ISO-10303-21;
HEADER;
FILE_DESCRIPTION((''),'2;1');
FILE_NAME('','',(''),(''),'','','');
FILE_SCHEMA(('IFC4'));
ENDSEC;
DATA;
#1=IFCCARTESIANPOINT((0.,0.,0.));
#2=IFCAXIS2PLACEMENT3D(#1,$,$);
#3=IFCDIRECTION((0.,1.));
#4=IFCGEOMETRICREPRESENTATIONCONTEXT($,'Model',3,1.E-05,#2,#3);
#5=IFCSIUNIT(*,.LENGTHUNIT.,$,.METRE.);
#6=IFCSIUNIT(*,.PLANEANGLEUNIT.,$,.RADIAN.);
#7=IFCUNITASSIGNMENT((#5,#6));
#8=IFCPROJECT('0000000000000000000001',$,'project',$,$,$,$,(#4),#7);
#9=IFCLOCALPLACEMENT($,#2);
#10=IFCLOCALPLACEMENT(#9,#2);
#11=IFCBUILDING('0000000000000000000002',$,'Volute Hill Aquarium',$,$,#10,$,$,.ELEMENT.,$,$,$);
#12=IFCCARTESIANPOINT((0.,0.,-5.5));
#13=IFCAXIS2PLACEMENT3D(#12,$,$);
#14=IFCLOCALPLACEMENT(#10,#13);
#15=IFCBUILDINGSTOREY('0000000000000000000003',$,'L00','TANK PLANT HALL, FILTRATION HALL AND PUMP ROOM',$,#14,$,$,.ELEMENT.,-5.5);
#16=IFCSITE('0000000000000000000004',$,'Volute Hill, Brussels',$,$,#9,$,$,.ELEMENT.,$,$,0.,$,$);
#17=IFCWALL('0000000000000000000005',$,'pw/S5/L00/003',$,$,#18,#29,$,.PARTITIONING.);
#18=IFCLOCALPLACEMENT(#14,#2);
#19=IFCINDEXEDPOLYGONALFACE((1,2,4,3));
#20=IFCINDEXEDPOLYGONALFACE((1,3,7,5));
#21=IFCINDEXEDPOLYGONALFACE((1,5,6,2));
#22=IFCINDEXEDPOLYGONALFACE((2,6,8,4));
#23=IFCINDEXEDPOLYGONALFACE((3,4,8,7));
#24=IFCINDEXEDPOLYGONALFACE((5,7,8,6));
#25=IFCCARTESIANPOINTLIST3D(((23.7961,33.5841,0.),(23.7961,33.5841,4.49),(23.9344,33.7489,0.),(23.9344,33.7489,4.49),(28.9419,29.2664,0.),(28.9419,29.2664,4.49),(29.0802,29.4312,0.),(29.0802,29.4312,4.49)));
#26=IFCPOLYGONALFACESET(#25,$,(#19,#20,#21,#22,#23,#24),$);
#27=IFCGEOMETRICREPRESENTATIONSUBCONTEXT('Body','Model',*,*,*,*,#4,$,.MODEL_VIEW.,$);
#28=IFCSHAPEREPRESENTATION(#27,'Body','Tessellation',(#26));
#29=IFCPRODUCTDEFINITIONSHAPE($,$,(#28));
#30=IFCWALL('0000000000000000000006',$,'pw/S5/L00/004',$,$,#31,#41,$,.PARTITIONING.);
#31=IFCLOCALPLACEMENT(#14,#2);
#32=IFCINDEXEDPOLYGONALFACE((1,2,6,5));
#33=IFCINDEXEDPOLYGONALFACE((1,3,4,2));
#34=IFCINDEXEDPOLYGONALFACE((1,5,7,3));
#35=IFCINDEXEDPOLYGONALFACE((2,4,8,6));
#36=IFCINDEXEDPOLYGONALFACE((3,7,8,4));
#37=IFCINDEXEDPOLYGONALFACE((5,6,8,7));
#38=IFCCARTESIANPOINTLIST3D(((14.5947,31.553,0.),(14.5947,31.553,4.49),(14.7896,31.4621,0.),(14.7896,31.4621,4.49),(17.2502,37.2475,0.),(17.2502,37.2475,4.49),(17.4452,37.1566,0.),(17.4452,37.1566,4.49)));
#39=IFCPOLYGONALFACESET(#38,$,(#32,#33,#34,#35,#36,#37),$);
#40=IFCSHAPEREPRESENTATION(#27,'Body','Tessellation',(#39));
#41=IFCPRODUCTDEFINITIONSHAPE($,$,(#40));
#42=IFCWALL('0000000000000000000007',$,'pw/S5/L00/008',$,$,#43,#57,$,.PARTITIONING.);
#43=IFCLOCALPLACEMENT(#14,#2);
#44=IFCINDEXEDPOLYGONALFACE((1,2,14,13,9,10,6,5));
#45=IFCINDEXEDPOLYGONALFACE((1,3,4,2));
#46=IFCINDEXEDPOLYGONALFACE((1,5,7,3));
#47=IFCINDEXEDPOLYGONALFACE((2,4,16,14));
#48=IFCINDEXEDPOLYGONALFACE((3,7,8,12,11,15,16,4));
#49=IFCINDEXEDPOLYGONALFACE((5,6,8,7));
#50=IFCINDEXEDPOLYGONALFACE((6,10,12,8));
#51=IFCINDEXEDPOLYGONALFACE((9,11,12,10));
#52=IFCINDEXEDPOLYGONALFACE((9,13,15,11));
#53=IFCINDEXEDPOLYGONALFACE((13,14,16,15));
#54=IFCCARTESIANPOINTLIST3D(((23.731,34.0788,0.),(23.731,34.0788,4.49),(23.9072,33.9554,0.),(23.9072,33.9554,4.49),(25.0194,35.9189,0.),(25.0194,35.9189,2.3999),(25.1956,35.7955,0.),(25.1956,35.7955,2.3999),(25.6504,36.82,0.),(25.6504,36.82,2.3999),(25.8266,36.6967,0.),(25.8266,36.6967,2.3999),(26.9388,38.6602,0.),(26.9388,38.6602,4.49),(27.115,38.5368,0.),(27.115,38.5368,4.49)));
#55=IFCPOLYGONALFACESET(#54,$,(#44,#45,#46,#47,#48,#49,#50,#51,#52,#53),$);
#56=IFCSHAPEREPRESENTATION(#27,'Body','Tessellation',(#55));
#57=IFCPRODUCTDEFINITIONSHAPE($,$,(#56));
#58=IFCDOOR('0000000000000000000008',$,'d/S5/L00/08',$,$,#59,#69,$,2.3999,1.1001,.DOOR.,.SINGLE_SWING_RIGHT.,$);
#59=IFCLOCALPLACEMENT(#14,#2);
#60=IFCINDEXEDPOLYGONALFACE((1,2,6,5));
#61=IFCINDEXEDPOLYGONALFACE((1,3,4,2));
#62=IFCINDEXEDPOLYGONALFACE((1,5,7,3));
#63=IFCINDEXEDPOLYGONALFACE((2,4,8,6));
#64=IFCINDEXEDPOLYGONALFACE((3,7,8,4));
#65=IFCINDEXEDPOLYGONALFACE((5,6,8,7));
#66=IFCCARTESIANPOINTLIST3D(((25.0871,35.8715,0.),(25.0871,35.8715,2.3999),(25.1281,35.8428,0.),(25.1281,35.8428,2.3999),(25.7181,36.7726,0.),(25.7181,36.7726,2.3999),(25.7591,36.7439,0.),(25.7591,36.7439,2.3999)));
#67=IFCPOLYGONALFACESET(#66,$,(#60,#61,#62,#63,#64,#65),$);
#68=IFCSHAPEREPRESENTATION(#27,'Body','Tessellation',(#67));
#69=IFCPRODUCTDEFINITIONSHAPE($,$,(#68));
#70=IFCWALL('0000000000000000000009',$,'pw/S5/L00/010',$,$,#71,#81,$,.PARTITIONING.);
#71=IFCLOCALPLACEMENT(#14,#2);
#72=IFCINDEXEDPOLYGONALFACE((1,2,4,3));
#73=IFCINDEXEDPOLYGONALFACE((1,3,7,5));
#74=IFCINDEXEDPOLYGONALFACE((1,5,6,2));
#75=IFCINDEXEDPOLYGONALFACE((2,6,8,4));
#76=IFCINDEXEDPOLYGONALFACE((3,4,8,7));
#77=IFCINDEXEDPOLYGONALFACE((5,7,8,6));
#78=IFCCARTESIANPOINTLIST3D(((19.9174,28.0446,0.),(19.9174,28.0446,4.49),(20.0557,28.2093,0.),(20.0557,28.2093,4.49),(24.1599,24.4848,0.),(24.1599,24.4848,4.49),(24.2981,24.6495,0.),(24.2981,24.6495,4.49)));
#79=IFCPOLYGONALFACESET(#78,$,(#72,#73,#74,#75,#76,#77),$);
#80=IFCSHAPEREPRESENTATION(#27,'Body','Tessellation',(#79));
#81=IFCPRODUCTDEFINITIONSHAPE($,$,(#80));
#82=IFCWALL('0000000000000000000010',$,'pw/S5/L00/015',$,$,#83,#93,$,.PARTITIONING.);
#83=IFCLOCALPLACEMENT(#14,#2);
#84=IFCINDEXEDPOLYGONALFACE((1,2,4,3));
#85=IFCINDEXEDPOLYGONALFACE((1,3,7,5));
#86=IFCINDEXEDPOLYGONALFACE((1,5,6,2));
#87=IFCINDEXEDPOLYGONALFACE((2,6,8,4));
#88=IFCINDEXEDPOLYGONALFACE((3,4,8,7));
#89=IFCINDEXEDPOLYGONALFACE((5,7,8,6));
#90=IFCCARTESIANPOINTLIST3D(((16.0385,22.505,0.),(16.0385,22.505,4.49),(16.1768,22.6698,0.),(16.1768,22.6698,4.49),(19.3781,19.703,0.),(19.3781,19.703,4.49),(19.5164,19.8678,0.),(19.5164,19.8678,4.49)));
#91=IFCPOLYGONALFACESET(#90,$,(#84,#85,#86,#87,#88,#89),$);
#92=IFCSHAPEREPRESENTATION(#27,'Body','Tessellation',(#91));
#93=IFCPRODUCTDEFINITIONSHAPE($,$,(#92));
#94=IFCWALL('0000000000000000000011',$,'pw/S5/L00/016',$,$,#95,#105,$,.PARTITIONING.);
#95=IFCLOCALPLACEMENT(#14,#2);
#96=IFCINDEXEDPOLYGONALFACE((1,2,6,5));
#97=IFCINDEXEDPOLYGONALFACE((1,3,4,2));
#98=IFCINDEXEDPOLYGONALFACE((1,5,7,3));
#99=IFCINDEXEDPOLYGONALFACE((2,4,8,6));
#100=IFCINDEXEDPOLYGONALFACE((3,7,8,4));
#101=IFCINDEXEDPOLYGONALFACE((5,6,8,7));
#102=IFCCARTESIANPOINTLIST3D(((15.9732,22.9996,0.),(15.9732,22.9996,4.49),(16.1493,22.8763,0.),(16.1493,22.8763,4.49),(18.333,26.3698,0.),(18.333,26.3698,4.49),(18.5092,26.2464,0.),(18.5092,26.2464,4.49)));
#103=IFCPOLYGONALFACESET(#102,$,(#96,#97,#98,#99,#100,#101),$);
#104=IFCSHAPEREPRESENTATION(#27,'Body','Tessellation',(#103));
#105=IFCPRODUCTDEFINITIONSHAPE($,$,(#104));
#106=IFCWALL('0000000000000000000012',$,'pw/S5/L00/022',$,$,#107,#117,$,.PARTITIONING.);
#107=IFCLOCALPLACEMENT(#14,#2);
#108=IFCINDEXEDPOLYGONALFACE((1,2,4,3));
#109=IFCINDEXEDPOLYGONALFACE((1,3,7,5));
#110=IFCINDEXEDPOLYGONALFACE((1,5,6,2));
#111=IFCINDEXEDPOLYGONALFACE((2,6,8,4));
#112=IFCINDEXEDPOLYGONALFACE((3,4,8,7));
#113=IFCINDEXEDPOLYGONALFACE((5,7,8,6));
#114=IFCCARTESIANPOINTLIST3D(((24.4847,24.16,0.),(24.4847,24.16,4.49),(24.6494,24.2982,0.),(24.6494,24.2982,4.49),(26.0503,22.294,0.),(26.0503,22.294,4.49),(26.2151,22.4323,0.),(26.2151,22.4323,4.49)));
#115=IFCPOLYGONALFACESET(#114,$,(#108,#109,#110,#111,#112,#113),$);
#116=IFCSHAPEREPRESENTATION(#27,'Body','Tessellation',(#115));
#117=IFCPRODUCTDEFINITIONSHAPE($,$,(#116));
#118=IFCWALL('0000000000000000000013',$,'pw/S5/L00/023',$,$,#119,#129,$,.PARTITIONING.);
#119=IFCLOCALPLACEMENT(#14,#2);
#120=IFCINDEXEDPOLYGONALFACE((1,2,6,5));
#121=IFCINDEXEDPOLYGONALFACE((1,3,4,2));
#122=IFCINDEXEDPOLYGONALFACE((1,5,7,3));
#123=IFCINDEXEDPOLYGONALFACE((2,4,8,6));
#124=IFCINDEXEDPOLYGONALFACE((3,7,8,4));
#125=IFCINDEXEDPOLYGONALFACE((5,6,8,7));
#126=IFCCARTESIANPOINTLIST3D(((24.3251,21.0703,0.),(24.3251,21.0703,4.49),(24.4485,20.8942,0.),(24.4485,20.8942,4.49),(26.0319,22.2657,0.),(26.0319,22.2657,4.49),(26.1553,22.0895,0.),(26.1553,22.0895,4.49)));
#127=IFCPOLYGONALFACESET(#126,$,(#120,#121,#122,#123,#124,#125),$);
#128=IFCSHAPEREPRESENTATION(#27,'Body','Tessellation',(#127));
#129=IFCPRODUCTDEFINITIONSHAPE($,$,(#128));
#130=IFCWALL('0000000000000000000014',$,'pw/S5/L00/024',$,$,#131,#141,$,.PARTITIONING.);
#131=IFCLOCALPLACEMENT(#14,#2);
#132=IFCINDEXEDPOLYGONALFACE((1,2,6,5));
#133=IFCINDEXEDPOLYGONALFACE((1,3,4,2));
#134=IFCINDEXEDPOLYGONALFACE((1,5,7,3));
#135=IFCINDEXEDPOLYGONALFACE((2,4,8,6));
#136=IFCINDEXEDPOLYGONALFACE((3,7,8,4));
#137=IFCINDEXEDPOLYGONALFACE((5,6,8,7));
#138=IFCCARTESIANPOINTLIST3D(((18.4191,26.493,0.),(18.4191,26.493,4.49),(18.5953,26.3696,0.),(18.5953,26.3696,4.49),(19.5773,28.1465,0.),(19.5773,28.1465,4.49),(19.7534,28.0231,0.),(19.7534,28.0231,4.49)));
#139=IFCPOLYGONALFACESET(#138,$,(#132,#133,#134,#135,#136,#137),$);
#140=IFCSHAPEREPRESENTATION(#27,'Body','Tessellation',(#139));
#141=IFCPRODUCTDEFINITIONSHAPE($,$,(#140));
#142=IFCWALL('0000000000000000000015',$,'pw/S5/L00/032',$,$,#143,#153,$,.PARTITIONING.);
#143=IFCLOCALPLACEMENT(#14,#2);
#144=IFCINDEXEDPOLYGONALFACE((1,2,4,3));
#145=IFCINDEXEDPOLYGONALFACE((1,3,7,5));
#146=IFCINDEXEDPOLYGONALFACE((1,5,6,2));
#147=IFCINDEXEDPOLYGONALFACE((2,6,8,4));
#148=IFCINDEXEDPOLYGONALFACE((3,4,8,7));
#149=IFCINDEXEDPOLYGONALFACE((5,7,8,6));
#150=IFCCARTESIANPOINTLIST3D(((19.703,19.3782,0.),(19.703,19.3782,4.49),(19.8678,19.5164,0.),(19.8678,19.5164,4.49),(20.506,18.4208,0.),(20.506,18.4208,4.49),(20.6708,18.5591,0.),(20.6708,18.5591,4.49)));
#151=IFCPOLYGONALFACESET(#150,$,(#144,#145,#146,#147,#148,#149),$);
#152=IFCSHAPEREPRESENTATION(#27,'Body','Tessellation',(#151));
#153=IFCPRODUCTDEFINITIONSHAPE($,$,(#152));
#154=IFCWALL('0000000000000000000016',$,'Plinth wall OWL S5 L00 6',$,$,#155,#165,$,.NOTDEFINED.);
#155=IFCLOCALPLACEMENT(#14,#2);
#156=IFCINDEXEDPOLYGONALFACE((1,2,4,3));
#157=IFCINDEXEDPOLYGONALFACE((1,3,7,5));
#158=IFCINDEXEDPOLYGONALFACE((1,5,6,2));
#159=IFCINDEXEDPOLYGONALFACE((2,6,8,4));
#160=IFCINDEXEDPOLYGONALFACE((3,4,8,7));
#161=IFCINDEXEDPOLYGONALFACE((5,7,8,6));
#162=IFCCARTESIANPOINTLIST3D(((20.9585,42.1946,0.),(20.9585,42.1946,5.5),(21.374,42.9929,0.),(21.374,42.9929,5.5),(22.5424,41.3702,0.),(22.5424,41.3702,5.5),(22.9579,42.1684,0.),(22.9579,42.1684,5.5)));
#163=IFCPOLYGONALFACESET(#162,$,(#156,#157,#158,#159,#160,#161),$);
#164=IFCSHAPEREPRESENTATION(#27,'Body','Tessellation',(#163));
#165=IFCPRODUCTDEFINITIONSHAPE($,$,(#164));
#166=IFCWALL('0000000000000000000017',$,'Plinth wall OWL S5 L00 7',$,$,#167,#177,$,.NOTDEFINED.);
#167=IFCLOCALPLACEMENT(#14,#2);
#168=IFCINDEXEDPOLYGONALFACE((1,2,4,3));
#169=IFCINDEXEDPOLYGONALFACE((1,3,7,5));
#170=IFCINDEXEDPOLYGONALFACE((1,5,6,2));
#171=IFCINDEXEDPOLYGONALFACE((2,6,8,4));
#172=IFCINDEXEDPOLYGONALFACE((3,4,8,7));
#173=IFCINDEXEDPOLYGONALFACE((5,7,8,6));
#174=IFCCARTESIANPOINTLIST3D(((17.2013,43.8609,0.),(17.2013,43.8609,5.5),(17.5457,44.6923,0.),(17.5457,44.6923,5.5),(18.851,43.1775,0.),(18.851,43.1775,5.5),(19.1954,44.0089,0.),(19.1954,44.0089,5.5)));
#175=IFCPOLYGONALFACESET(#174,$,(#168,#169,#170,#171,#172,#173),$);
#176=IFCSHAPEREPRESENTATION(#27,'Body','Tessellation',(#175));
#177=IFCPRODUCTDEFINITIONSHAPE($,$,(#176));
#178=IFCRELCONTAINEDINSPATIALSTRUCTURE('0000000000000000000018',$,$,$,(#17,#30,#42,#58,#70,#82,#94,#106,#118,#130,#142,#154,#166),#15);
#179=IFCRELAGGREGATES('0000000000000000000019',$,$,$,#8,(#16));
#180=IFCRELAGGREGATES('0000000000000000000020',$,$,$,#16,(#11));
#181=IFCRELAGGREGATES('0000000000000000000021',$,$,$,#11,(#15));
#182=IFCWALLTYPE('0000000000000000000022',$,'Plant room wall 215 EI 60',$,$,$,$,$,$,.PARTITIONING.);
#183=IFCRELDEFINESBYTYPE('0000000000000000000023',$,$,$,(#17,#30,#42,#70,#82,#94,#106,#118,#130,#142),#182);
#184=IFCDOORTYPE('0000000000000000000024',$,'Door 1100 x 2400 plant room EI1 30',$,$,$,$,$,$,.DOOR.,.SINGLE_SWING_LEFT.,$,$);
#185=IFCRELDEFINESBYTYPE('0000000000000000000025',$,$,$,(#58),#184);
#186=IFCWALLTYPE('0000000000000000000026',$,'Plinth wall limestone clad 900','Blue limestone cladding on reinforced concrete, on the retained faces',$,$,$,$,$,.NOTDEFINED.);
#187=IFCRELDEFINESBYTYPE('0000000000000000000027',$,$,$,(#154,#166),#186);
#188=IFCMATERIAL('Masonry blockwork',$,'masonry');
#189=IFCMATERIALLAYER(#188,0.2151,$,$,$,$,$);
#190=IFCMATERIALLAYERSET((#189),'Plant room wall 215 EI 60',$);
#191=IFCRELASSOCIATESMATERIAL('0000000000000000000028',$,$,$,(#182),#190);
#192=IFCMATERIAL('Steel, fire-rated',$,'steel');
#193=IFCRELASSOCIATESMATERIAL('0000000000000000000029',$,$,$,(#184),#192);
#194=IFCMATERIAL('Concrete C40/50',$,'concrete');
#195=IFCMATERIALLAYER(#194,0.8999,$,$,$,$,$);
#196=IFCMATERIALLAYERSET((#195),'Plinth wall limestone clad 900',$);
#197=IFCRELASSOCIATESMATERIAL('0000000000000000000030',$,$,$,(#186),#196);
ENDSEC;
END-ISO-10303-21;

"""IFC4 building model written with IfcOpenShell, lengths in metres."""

from ifc_helpers import new_model, si_unit, direction, frame, frame_2d, origin, place, context, subcontext, project, spatial, rectangle, extrude, material, layer, layer_set, type_object, element, fill, save


model = new_model("IFC4")

# Units and contexts
model_context = context("Model", 3, precision=1e-05, world=origin(), true_north=direction((0.0, 1.0)))
body_context = subcontext(model_context, "Body", "Model", "MODEL_VIEW")
ifc_project = project(units=[si_unit("LENGTHUNIT", "METRE"), si_unit("PLANEANGLEUNIT", "RADIAN")], contexts=[model_context])

# Site, building, storey
site_placement = place(None, origin())
site = spatial("IfcSite", under=ifc_project, at=site_placement, Name="Volute Hill, Brussels", CompositionType="ELEMENT", RefElevation=0.0)
building_placement = place(site_placement, origin())
building = spatial("IfcBuilding", under=site, at=building_placement, Name="Volute Hill Aquarium", CompositionType="ELEMENT")
storey_placement = place(building_placement, frame((0.0, 0.0, -5.5)))
storey = spatial("IfcBuildingStorey", under=building, at=storey_placement, Name="L00", Description="TANK PLANT HALL, FILTRATION HALL AND PUMP ROOM", CompositionType="ELEMENT", Elevation=-5.5)

# Walls
ifc_material_1 = material(Name="Masonry blockwork", Category="masonry")
ifc_layer_1 = layer(ifc_material_1, 0.2151)
ifc_layer_set_1 = layer_set([ifc_layer_1], Name="Plant room wall 215 EI 60")
wall_type_1 = type_object("IfcWallType", Name="Plant room wall 215 EI 60", PredefinedType="PARTITIONING", material=ifc_layer_set_1)
wall_1_placement = place(storey_placement, frame((23.8652, 33.6665, 0.0), z_axis=(0.0, 0.0, 1.0), x_axis=(0.766057, -0.642773, 0.0)))
element("IfcWall", 1, at=wall_1_placement, inside=storey, type_object=wall_type_1, Name="pw/S5/L00/003", PredefinedType="PARTITIONING", context=body_context, shape_type="SweptSolid", body=[
    extrude(rectangle(XDim=6.7173, YDim=0.2151, at=frame_2d((3.3586, 0.0))), origin(), (0.0, 0.0, 1.0), 4.49),
])
wall_2_placement = place(storey_placement, frame((14.6921, 31.5076, 0.0), z_axis=(0.0, 0.0, 1.0), x_axis=(0.422645, 0.906295, 0.0)))
element("IfcWall", 2, at=wall_2_placement, inside=storey, type_object=wall_type_1, Name="pw/S5/L00/004", PredefinedType="PARTITIONING", context=body_context, shape_type="SweptSolid", body=[
    extrude(rectangle(XDim=6.2832, YDim=0.2151, at=frame_2d((3.1416, 0.0))), origin(), (0.0, 0.0, 1.0), 4.49),
])

# Wall, opening, door
wall_3_placement = place(storey_placement, frame((23.8191, 34.0171, 0.0), z_axis=(0.0, 0.0, 1.0), x_axis=(0.573565, 0.81916, 0.0)))
wall_3 = element("IfcWall", 3, at=wall_3_placement, inside=storey, type_object=wall_type_1, Name="pw/S5/L00/008", PredefinedType="PARTITIONING", context=body_context, shape_type="SweptSolid", body=[
    extrude(rectangle(XDim=5.5928, YDim=0.2151, at=frame_2d((2.7964, 0.0))), origin(), (0.0, 0.0, 1.0), 4.49),
])
opening_1_placement = place(wall_3_placement, frame((2.2463, 0.0, 0.0)))
opening_1 = element("IfcOpeningElement", 4, at=opening_1_placement, cuts=wall_3, PredefinedType="OPENING", context=body_context, shape_type="SweptSolid", body=[
    extrude(rectangle(XDim=1.1001, YDim=2.3999, at=frame_2d((0.55, 1.2))), frame((0.0, 0.1174, 0.0), z_axis=(0.0, -1.0, 0.0), x_axis=(1.0, 0.0, 0.0)), (0.0, 0.0, 1.0), 0.2351),
])
ifc_material_2 = material(Name="Steel, fire-rated", Category="steel")
door_type_1 = type_object("IfcDoorType", Name="Door 1100 x 2400 plant room EI1 30", OperationType="SINGLE_SWING_LEFT", PredefinedType="DOOR", material=ifc_material_2)
door_1_placement = place(opening_1_placement, origin())
door_1 = element("IfcDoor", 5, at=door_1_placement, inside=storey, type_object=door_type_1, Name="d/S5/L00/08", OperationType="SINGLE_SWING_RIGHT", OverallHeight=2.3999, OverallWidth=1.1001, PredefinedType="DOOR", context=body_context, shape_type="SweptSolid", body=[
    extrude(rectangle(XDim=1.1001, YDim=2.3999, at=frame_2d((0.55, 1.2))), frame((0.0, 0.0249, 0.0), z_axis=(0.0, -1.0, 0.0), x_axis=(1.0, 0.0, 0.0)), (0.0, 0.0, 1.0), 0.05),
])
fill(opening_1, door_1)

# Walls
wall_4_placement = place(storey_placement, frame((19.9866, 28.127, 0.0), z_axis=(0.0, 0.0, 1.0), x_axis=(0.766045, -0.642787, 0.0)))
element("IfcWall", 6, at=wall_4_placement, inside=storey, type_object=wall_type_1, Name="pw/S5/L00/010", PredefinedType="PARTITIONING", context=body_context, shape_type="SweptSolid", body=[
    extrude(rectangle(XDim=5.5381, YDim=0.2151, at=frame_2d((2.769, 0.0))), origin(), (0.0, 0.0, 1.0), 4.49),
])
wall_5_placement = place(storey_placement, frame((16.1077, 22.5874, 0.0), z_axis=(0.0, 0.0, 1.0), x_axis=(0.766073, -0.642753, 0.0)))
element("IfcWall", 7, at=wall_5_placement, inside=storey, type_object=wall_type_1, Name="pw/S5/L00/015", PredefinedType="PARTITIONING", context=body_context, shape_type="SweptSolid", body=[
    extrude(rectangle(XDim=4.3594, YDim=0.2151, at=frame_2d((2.1797, 0.0))), origin(), (0.0, 0.0, 1.0), 4.49),
])
wall_6_placement = place(storey_placement, frame((18.4211, 26.3081, 0.0), z_axis=(0.0, 0.0, 1.0), x_axis=(-0.57359, -0.819143, 0.0)))
element("IfcWall", 8, at=wall_6_placement, inside=storey, type_object=wall_type_1, Name="pw/S5/L00/016", PredefinedType="PARTITIONING", context=body_context, shape_type="SweptSolid", body=[
    extrude(rectangle(XDim=4.1143, YDim=0.2151, at=frame_2d((2.0571, 0.0))), origin(), (0.0, 0.0, 1.0), 4.49),
])
wall_7_placement = place(storey_placement, frame((24.5671, 24.229, 0.0), z_axis=(0.0, 0.0, 1.0), x_axis=(0.642774, -0.766056, 0.0)))
element("IfcWall", 9, at=wall_7_placement, inside=storey, type_object=wall_type_1, Name="pw/S5/L00/022", PredefinedType="PARTITIONING", context=body_context, shape_type="SweptSolid", body=[
    extrude(rectangle(XDim=2.4358, YDim=0.2151, at=frame_2d((1.2178, 0.0))), origin(), (0.0, 0.0, 1.0), 4.49),
])
wall_8_placement = place(storey_placement, frame((24.3867, 20.9822, 0.0), z_axis=(0.0, 0.0, 1.0), x_axis=(0.819105, 0.573643, 0.0)))
element("IfcWall", 10, at=wall_8_placement, inside=storey, type_object=wall_type_1, Name="pw/S5/L00/023", PredefinedType="PARTITIONING", context=body_context, shape_type="SweptSolid", body=[
    extrude(rectangle(XDim=2.0837, YDim=0.2151, at=frame_2d((1.042, 0.0))), origin(), (0.0, 0.0, 1.0), 4.49),
])
wall_9_placement = place(storey_placement, frame((19.6653, 28.0847, 0.0), z_axis=(0.0, 0.0, 1.0), x_axis=(-0.573698, -0.819067, 0.0)))
element("IfcWall", 11, at=wall_9_placement, inside=storey, type_object=wall_type_1, Name="pw/S5/L00/024", PredefinedType="PARTITIONING", context=body_context, shape_type="SweptSolid", body=[
    extrude(rectangle(XDim=2.0188, YDim=0.2151, at=frame_2d((1.0093, 0.0))), origin(), (0.0, 0.0, 1.0), 4.49),
])
wall_10_placement = place(storey_placement, frame((19.7854, 19.4473, 0.0), z_axis=(0.0, 0.0, 1.0), x_axis=(0.64266, -0.766151, 0.0)))
element("IfcWall", 12, at=wall_10_placement, inside=storey, type_object=wall_type_1, Name="pw/S5/L00/032", PredefinedType="PARTITIONING", context=body_context, shape_type="SweptSolid", body=[
    extrude(rectangle(XDim=1.2495, YDim=0.2151, at=frame_2d((0.6248, 0.0))), origin(), (0.0, 0.0, 1.0), 4.49),
])
ifc_material_3 = material(Name="Concrete C40/50", Category="concrete")
ifc_layer_2 = layer(ifc_material_3, 0.8999)
ifc_layer_set_2 = layer_set([ifc_layer_2], Name="Plinth wall limestone clad 900")
wall_type_2 = type_object("IfcWallType", Name="Plinth wall limestone clad 900", Description="Blue limestone cladding on reinforced concrete, on the retained faces", PredefinedType="NOTDEFINED", material=ifc_layer_set_2)
for number, where, z_axis, x_axis, name in (
    (13, (21.1663, 42.5938, 0.0), (0.0, 0.0, 1.0), (0.887035, -0.461701, 0.0), "Plinth wall OWL S5 L00 6"),
    (14, (17.3735, 44.2766, 0.0), (0.0, 0.0, 1.0), (0.923872, -0.382702, 0.0), "Plinth wall OWL S5 L00 7"),
):
    element("IfcWall", number, at=place(storey_placement, frame(where, z_axis=z_axis, x_axis=x_axis)), inside=storey, type_object=wall_type_2, Name=name, PredefinedType="NOTDEFINED", context=body_context, shape_type="SweptSolid", body=[
        extrude(rectangle(XDim=1.7856, YDim=0.8999, at=frame_2d((0.8928, 0.0))), origin(), (0.0, 0.0, 1.0), 5.5),
    ])

save(model, "model.ifc")
